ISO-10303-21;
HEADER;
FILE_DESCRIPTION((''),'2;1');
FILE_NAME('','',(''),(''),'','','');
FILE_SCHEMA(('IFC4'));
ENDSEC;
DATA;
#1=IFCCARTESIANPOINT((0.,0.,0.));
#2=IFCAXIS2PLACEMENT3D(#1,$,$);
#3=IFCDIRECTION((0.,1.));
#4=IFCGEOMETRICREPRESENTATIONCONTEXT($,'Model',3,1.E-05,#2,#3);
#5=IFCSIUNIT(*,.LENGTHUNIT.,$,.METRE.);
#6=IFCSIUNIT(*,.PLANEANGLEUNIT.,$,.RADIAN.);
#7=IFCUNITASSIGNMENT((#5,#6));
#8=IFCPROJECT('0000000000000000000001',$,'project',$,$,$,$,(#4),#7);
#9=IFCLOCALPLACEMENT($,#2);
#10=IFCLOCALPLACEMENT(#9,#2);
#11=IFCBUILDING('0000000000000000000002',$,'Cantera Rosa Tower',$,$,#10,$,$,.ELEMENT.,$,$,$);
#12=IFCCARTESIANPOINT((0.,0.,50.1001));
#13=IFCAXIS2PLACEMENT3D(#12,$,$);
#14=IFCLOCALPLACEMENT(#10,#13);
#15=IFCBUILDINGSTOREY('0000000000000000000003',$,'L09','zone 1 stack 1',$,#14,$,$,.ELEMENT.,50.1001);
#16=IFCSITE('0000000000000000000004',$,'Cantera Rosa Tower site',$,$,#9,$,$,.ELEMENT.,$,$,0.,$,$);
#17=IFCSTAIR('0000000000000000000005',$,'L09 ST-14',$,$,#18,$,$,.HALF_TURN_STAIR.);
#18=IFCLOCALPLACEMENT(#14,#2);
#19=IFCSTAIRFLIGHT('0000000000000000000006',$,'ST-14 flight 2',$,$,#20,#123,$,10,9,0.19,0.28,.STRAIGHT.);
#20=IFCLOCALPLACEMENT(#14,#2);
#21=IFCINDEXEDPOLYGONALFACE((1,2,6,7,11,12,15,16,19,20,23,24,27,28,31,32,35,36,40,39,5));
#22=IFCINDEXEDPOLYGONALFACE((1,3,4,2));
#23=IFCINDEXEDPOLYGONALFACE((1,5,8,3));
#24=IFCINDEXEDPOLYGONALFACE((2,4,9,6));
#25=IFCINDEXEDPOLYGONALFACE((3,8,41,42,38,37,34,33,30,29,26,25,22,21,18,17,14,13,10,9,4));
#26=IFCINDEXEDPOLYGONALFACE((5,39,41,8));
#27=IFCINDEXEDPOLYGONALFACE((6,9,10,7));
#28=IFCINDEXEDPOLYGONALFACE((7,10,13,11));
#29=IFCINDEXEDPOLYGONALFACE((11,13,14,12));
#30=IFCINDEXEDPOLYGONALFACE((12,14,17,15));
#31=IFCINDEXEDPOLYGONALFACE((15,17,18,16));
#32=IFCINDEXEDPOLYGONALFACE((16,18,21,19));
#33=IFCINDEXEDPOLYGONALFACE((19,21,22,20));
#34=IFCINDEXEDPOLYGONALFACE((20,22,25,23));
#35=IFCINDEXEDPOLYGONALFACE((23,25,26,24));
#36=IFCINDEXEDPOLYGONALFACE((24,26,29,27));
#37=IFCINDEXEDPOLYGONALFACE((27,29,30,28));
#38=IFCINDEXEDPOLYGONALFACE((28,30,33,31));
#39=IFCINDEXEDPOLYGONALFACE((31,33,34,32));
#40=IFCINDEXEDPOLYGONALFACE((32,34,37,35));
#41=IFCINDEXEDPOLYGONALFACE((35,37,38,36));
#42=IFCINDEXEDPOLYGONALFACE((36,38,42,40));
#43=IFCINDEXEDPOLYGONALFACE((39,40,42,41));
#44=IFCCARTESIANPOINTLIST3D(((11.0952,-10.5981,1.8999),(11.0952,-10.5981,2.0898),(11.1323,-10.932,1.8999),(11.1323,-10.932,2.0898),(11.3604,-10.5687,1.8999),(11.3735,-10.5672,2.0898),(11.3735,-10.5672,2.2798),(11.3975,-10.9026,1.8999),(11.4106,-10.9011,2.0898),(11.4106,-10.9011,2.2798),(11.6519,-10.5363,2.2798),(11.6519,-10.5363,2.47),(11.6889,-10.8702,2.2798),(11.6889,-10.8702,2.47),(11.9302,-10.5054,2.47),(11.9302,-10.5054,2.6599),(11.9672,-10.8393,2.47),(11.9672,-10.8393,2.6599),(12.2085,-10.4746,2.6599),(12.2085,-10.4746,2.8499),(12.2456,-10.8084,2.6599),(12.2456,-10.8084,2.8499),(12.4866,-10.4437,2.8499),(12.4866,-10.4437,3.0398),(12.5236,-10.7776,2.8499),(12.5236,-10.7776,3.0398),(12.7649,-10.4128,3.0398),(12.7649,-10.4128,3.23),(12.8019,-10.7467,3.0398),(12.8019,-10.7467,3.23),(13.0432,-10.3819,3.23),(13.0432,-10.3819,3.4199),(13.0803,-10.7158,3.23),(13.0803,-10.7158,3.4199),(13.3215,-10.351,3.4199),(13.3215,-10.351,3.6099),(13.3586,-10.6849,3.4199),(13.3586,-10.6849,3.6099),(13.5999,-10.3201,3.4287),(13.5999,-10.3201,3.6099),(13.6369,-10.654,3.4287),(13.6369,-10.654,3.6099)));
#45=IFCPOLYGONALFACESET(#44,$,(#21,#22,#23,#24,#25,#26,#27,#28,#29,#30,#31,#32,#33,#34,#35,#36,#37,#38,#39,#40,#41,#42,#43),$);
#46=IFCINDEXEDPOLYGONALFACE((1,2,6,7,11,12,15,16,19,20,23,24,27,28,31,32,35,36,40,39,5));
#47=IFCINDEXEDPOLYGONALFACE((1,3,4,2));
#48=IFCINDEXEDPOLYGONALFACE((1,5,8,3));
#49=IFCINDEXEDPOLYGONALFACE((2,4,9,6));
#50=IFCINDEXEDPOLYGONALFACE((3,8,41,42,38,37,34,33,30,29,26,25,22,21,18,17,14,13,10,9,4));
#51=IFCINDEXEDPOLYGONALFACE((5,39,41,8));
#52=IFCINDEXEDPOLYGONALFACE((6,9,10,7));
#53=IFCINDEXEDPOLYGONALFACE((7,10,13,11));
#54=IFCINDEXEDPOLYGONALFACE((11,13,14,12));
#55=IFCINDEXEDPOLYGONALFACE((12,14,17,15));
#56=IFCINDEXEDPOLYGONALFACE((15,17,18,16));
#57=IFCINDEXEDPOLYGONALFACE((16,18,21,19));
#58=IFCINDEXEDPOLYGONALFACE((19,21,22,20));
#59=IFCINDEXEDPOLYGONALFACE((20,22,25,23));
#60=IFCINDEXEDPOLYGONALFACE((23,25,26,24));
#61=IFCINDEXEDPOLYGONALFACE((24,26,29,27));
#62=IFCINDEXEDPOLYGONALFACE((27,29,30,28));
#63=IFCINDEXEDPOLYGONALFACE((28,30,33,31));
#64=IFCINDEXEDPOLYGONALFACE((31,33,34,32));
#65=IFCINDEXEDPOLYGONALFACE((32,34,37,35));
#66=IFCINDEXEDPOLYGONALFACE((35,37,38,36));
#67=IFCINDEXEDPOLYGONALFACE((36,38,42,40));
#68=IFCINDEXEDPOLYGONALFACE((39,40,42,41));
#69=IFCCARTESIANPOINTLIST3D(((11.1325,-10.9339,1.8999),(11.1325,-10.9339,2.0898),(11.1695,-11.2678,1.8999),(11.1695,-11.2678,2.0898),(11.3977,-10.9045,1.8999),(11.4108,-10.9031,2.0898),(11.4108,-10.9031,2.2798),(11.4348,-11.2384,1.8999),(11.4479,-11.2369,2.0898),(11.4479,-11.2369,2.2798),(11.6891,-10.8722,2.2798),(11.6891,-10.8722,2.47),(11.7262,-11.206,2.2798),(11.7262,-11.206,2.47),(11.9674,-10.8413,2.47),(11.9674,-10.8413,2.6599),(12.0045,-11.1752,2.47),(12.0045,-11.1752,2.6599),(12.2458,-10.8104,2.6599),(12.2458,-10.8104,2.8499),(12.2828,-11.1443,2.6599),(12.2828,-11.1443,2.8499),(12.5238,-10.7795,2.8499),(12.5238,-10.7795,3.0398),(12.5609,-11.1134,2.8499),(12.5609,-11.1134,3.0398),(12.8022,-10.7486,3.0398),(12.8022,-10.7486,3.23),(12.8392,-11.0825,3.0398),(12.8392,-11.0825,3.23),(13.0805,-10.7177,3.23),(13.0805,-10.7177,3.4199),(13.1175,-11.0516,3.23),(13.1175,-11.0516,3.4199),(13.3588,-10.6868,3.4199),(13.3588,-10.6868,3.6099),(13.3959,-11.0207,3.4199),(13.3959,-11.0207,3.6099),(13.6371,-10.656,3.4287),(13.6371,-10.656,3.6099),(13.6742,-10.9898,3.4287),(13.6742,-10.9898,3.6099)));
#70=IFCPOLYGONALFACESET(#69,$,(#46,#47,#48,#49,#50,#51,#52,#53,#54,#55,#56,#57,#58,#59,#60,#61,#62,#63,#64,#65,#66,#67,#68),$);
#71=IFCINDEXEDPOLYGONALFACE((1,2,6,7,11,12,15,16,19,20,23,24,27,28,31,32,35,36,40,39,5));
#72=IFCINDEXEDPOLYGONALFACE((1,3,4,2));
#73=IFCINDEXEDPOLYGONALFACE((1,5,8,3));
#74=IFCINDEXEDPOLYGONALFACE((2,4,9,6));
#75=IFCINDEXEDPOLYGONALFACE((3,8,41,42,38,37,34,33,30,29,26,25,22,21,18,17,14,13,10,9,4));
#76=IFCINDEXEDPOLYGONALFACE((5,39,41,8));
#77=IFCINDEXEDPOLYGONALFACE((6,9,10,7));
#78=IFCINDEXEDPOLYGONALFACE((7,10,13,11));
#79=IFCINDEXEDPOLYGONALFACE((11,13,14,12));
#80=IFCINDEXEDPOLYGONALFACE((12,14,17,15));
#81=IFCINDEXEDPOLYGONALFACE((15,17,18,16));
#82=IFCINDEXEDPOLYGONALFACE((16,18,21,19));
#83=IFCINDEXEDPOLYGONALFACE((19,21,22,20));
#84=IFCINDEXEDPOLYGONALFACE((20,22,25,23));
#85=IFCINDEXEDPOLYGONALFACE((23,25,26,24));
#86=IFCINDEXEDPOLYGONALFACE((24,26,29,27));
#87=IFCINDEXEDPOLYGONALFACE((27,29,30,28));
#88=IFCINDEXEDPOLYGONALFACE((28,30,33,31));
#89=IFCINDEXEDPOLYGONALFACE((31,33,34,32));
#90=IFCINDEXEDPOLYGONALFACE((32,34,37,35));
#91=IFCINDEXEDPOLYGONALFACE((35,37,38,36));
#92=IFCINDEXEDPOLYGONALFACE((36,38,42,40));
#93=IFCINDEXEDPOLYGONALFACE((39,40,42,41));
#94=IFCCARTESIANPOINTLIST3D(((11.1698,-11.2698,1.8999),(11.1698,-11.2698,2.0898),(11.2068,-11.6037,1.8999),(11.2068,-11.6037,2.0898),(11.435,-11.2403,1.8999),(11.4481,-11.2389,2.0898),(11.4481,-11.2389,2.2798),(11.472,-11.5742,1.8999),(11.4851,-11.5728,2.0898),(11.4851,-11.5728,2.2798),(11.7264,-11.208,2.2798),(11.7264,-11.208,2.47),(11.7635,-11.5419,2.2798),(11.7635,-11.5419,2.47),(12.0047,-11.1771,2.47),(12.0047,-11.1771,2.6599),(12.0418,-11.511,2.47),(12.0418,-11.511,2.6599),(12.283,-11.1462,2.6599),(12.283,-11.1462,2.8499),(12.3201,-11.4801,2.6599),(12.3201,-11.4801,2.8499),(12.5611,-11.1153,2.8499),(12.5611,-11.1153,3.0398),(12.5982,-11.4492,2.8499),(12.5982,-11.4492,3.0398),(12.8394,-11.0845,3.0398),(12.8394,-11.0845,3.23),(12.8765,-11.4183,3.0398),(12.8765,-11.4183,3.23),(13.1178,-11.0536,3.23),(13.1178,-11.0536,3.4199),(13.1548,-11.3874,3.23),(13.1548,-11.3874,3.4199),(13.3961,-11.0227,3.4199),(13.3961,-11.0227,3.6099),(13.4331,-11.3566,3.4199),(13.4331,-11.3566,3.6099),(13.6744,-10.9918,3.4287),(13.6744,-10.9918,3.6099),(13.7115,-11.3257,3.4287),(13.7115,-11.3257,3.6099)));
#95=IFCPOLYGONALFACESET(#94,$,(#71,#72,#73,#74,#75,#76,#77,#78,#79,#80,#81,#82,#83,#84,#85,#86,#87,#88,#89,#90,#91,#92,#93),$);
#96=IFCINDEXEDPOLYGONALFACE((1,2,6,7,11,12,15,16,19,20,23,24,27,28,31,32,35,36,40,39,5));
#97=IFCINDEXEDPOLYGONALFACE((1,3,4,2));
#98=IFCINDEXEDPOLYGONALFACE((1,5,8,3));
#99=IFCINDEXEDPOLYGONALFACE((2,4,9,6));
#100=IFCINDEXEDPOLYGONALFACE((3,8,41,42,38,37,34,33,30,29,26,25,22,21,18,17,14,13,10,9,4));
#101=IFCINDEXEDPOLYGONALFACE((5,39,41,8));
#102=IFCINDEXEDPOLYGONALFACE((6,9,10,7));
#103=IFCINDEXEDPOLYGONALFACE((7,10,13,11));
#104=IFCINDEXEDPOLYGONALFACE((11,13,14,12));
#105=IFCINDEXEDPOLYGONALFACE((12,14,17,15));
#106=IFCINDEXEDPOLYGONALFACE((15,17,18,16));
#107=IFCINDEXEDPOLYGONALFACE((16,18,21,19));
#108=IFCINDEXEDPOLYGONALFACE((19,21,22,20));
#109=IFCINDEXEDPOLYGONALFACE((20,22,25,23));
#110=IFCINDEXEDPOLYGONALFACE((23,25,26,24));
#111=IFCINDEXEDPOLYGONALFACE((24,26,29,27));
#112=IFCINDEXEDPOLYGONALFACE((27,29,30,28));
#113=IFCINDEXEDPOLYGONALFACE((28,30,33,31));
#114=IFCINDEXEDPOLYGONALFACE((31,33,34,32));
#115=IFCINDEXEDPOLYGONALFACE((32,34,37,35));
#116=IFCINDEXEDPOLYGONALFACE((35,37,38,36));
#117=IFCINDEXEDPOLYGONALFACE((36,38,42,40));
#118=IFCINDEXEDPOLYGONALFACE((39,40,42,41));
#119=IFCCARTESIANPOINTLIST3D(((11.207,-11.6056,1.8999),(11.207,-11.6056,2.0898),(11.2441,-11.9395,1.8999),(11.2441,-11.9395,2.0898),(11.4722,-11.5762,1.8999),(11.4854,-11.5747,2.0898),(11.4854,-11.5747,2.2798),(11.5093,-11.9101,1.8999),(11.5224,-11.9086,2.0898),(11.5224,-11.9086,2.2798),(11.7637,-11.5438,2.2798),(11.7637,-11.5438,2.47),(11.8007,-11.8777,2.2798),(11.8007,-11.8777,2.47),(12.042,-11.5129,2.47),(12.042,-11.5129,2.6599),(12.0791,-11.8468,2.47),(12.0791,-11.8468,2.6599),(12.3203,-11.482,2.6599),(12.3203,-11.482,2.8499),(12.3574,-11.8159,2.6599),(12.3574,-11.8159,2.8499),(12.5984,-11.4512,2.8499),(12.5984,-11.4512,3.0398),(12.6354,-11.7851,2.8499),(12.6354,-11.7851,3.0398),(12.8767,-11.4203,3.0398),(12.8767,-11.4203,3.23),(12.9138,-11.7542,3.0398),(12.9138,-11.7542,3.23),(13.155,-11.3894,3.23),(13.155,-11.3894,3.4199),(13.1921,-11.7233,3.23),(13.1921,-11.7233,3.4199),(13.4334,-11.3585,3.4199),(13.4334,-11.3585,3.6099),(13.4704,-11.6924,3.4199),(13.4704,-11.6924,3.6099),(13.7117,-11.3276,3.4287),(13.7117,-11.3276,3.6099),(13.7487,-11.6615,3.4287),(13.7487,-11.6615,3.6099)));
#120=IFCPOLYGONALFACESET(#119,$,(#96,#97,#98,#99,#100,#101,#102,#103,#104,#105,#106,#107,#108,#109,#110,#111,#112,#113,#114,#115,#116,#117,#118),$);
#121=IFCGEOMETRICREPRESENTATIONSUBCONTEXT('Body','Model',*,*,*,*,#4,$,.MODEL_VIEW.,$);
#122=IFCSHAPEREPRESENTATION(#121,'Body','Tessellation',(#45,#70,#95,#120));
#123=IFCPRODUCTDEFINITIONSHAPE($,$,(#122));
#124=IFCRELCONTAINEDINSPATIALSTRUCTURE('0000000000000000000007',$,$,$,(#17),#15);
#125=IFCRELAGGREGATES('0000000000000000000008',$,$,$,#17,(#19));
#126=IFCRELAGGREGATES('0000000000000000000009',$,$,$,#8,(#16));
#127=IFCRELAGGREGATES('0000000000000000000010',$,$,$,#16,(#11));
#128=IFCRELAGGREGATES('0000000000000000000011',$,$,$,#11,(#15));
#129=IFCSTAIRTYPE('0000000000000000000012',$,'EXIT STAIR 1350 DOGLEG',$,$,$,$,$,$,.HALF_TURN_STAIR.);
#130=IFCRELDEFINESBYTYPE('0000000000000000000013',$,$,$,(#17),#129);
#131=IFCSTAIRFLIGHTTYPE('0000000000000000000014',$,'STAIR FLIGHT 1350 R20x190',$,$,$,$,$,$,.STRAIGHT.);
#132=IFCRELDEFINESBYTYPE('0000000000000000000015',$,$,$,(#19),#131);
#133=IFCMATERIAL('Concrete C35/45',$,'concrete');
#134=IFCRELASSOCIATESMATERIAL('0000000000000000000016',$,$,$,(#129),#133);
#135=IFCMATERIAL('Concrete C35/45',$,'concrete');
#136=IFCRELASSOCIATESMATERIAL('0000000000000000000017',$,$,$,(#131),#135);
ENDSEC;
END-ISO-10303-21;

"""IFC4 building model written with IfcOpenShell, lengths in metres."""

from ifc_helpers import new_model, si_unit, direction, frame, origin, place, context, subcontext, project, spatial, polyline, outline, extrude, material, type_object, element, aggregate, save


model = new_model("IFC4")

# Units and contexts
model_context = context("Model", 3, precision=1e-05, world=origin(), true_north=direction((0.0, 1.0)))
body_context = subcontext(model_context, "Body", "Model", "MODEL_VIEW")
ifc_project = project(units=[si_unit("LENGTHUNIT", "METRE"), si_unit("PLANEANGLEUNIT", "RADIAN")], contexts=[model_context])

# Site, building, storey
site_placement = place(None, origin())
site = spatial("IfcSite", under=ifc_project, at=site_placement, Name="Cantera Rosa Tower site", CompositionType="ELEMENT", RefElevation=0.0)
building_placement = place(site_placement, origin())
building = spatial("IfcBuilding", under=site, at=building_placement, Name="Cantera Rosa Tower", CompositionType="ELEMENT")
storey_placement = place(building_placement, frame((0.0, 0.0, 50.1001)))
storey = spatial("IfcBuildingStorey", under=building, at=storey_placement, Name="L09", Description="zone 1 stack 1", CompositionType="ELEMENT", Elevation=50.1001)

# Stair, stair flight
ifc_material_1 = material(Name="Concrete C35/45", Category="concrete")
stair_type = type_object("IfcStairType", Name="EXIT STAIR 1350 DOGLEG", PredefinedType="HALF_TURN_STAIR", material=ifc_material_1)
stair_placement = place(storey_placement, origin())
stair = element("IfcStair", 1, at=stair_placement, inside=storey, type_object=stair_type, Name="L09 ST-14", PredefinedType="HALF_TURN_STAIR")
ifc_material_2 = material(Name="Concrete C35/45", Category="concrete")
stair_flight_type = type_object("IfcStairFlightType", Name="STAIR FLIGHT 1350 R20x190", PredefinedType="STRAIGHT", material=ifc_material_2)
stair_flight_placement = place(storey_placement, frame((11.1697, -11.269, 1.8999), z_axis=(0.0, 0.0, 1.0), x_axis=(0.993897, 0.110313, 0.0)))
stair_flight = element("IfcStairFlight", 2, at=stair_flight_placement, type_object=stair_flight_type, Name="ST-14 flight 2", NumberOfRisers=10, NumberOfTreads=9, PredefinedType="STRAIGHT", RiserHeight=0.19, TreadLength=0.28, context=body_context, shape_type="SweptSolid", body=[
    extrude(outline(polyline([(0.0, 0.0), (0.0, 0.1899), (0.28, 0.1899), (0.28, 0.3799), (0.5601, 0.3799), (0.5601, 0.5701), (0.8401, 0.5701), (0.8401, 0.76), (1.1201, 0.76), (1.1201, 0.95), (1.3999, 0.95), (1.3999, 1.1399), (1.6799, 1.1399), (1.6799, 1.3301), (1.96, 1.3301), (1.96, 1.52), (2.24, 1.52), (2.24, 1.71), (2.52, 1.71), (2.52, 1.8999), (2.52, 1.5288), (0.2668, 0.0), (0.0, 0.0)])), frame((0.0, 0.675, 0.0), z_axis=(0.0, -1.0, 0.0), x_axis=(1.0, 0.0, 0.0)), (0.0, 0.0, 1.0), 0.3359),
    extrude(outline(polyline([(0.0, 0.0), (0.0, 0.1899), (0.28, 0.1899), (0.28, 0.3799), (0.5601, 0.3799), (0.5601, 0.5701), (0.8401, 0.5701), (0.8401, 0.76), (1.1201, 0.76), (1.1201, 0.95), (1.3999, 0.95), (1.3999, 1.1399), (1.6799, 1.1399), (1.6799, 1.3301), (1.96, 1.3301), (1.96, 1.52), (2.24, 1.52), (2.24, 1.71), (2.52, 1.71), (2.52, 1.8999), (2.52, 1.5288), (0.2668, 0.0), (0.0, 0.0)])), frame((0.0, 0.3372, 0.0), z_axis=(0.0, -1.0, 0.0), x_axis=(1.0, 0.0, 0.0)), (0.0, 0.0, 1.0), 0.3359),
    extrude(outline(polyline([(0.0, 0.0), (0.0, 0.1899), (0.28, 0.1899), (0.28, 0.3799), (0.5601, 0.3799), (0.5601, 0.5701), (0.8401, 0.5701), (0.8401, 0.76), (1.1201, 0.76), (1.1201, 0.95), (1.3999, 0.95), (1.3999, 1.1399), (1.6799, 1.1399), (1.6799, 1.3301), (1.96, 1.3301), (1.96, 1.52), (2.24, 1.52), (2.24, 1.71), (2.52, 1.71), (2.52, 1.8999), (2.52, 1.5288), (0.2668, 0.0), (0.0, 0.0)])), frame((0.0, -0.0007, 0.0), z_axis=(0.0, -1.0, 0.0), x_axis=(1.0, 0.0, 0.0)), (0.0, 0.0, 1.0), 0.3359),
    extrude(outline(polyline([(0.0, 0.0), (0.0, 0.1899), (0.28, 0.1899), (0.28, 0.3799), (0.5601, 0.3799), (0.5601, 0.5701), (0.8401, 0.5701), (0.8401, 0.76), (1.1201, 0.76), (1.1201, 0.95), (1.3999, 0.95), (1.3999, 1.1399), (1.6799, 1.1399), (1.6799, 1.3301), (1.96, 1.3301), (1.96, 1.52), (2.24, 1.52), (2.24, 1.71), (2.52, 1.71), (2.52, 1.8999), (2.52, 1.5288), (0.2668, 0.0), (0.0, 0.0)])), frame((0.0, -0.3386, 0.0), z_axis=(0.0, -1.0, 0.0), x_axis=(1.0, 0.0, 0.0)), (0.0, 0.0, 1.0), 0.3359),
])
aggregate(stair, [stair_flight])

save(model, "model.ifc")
